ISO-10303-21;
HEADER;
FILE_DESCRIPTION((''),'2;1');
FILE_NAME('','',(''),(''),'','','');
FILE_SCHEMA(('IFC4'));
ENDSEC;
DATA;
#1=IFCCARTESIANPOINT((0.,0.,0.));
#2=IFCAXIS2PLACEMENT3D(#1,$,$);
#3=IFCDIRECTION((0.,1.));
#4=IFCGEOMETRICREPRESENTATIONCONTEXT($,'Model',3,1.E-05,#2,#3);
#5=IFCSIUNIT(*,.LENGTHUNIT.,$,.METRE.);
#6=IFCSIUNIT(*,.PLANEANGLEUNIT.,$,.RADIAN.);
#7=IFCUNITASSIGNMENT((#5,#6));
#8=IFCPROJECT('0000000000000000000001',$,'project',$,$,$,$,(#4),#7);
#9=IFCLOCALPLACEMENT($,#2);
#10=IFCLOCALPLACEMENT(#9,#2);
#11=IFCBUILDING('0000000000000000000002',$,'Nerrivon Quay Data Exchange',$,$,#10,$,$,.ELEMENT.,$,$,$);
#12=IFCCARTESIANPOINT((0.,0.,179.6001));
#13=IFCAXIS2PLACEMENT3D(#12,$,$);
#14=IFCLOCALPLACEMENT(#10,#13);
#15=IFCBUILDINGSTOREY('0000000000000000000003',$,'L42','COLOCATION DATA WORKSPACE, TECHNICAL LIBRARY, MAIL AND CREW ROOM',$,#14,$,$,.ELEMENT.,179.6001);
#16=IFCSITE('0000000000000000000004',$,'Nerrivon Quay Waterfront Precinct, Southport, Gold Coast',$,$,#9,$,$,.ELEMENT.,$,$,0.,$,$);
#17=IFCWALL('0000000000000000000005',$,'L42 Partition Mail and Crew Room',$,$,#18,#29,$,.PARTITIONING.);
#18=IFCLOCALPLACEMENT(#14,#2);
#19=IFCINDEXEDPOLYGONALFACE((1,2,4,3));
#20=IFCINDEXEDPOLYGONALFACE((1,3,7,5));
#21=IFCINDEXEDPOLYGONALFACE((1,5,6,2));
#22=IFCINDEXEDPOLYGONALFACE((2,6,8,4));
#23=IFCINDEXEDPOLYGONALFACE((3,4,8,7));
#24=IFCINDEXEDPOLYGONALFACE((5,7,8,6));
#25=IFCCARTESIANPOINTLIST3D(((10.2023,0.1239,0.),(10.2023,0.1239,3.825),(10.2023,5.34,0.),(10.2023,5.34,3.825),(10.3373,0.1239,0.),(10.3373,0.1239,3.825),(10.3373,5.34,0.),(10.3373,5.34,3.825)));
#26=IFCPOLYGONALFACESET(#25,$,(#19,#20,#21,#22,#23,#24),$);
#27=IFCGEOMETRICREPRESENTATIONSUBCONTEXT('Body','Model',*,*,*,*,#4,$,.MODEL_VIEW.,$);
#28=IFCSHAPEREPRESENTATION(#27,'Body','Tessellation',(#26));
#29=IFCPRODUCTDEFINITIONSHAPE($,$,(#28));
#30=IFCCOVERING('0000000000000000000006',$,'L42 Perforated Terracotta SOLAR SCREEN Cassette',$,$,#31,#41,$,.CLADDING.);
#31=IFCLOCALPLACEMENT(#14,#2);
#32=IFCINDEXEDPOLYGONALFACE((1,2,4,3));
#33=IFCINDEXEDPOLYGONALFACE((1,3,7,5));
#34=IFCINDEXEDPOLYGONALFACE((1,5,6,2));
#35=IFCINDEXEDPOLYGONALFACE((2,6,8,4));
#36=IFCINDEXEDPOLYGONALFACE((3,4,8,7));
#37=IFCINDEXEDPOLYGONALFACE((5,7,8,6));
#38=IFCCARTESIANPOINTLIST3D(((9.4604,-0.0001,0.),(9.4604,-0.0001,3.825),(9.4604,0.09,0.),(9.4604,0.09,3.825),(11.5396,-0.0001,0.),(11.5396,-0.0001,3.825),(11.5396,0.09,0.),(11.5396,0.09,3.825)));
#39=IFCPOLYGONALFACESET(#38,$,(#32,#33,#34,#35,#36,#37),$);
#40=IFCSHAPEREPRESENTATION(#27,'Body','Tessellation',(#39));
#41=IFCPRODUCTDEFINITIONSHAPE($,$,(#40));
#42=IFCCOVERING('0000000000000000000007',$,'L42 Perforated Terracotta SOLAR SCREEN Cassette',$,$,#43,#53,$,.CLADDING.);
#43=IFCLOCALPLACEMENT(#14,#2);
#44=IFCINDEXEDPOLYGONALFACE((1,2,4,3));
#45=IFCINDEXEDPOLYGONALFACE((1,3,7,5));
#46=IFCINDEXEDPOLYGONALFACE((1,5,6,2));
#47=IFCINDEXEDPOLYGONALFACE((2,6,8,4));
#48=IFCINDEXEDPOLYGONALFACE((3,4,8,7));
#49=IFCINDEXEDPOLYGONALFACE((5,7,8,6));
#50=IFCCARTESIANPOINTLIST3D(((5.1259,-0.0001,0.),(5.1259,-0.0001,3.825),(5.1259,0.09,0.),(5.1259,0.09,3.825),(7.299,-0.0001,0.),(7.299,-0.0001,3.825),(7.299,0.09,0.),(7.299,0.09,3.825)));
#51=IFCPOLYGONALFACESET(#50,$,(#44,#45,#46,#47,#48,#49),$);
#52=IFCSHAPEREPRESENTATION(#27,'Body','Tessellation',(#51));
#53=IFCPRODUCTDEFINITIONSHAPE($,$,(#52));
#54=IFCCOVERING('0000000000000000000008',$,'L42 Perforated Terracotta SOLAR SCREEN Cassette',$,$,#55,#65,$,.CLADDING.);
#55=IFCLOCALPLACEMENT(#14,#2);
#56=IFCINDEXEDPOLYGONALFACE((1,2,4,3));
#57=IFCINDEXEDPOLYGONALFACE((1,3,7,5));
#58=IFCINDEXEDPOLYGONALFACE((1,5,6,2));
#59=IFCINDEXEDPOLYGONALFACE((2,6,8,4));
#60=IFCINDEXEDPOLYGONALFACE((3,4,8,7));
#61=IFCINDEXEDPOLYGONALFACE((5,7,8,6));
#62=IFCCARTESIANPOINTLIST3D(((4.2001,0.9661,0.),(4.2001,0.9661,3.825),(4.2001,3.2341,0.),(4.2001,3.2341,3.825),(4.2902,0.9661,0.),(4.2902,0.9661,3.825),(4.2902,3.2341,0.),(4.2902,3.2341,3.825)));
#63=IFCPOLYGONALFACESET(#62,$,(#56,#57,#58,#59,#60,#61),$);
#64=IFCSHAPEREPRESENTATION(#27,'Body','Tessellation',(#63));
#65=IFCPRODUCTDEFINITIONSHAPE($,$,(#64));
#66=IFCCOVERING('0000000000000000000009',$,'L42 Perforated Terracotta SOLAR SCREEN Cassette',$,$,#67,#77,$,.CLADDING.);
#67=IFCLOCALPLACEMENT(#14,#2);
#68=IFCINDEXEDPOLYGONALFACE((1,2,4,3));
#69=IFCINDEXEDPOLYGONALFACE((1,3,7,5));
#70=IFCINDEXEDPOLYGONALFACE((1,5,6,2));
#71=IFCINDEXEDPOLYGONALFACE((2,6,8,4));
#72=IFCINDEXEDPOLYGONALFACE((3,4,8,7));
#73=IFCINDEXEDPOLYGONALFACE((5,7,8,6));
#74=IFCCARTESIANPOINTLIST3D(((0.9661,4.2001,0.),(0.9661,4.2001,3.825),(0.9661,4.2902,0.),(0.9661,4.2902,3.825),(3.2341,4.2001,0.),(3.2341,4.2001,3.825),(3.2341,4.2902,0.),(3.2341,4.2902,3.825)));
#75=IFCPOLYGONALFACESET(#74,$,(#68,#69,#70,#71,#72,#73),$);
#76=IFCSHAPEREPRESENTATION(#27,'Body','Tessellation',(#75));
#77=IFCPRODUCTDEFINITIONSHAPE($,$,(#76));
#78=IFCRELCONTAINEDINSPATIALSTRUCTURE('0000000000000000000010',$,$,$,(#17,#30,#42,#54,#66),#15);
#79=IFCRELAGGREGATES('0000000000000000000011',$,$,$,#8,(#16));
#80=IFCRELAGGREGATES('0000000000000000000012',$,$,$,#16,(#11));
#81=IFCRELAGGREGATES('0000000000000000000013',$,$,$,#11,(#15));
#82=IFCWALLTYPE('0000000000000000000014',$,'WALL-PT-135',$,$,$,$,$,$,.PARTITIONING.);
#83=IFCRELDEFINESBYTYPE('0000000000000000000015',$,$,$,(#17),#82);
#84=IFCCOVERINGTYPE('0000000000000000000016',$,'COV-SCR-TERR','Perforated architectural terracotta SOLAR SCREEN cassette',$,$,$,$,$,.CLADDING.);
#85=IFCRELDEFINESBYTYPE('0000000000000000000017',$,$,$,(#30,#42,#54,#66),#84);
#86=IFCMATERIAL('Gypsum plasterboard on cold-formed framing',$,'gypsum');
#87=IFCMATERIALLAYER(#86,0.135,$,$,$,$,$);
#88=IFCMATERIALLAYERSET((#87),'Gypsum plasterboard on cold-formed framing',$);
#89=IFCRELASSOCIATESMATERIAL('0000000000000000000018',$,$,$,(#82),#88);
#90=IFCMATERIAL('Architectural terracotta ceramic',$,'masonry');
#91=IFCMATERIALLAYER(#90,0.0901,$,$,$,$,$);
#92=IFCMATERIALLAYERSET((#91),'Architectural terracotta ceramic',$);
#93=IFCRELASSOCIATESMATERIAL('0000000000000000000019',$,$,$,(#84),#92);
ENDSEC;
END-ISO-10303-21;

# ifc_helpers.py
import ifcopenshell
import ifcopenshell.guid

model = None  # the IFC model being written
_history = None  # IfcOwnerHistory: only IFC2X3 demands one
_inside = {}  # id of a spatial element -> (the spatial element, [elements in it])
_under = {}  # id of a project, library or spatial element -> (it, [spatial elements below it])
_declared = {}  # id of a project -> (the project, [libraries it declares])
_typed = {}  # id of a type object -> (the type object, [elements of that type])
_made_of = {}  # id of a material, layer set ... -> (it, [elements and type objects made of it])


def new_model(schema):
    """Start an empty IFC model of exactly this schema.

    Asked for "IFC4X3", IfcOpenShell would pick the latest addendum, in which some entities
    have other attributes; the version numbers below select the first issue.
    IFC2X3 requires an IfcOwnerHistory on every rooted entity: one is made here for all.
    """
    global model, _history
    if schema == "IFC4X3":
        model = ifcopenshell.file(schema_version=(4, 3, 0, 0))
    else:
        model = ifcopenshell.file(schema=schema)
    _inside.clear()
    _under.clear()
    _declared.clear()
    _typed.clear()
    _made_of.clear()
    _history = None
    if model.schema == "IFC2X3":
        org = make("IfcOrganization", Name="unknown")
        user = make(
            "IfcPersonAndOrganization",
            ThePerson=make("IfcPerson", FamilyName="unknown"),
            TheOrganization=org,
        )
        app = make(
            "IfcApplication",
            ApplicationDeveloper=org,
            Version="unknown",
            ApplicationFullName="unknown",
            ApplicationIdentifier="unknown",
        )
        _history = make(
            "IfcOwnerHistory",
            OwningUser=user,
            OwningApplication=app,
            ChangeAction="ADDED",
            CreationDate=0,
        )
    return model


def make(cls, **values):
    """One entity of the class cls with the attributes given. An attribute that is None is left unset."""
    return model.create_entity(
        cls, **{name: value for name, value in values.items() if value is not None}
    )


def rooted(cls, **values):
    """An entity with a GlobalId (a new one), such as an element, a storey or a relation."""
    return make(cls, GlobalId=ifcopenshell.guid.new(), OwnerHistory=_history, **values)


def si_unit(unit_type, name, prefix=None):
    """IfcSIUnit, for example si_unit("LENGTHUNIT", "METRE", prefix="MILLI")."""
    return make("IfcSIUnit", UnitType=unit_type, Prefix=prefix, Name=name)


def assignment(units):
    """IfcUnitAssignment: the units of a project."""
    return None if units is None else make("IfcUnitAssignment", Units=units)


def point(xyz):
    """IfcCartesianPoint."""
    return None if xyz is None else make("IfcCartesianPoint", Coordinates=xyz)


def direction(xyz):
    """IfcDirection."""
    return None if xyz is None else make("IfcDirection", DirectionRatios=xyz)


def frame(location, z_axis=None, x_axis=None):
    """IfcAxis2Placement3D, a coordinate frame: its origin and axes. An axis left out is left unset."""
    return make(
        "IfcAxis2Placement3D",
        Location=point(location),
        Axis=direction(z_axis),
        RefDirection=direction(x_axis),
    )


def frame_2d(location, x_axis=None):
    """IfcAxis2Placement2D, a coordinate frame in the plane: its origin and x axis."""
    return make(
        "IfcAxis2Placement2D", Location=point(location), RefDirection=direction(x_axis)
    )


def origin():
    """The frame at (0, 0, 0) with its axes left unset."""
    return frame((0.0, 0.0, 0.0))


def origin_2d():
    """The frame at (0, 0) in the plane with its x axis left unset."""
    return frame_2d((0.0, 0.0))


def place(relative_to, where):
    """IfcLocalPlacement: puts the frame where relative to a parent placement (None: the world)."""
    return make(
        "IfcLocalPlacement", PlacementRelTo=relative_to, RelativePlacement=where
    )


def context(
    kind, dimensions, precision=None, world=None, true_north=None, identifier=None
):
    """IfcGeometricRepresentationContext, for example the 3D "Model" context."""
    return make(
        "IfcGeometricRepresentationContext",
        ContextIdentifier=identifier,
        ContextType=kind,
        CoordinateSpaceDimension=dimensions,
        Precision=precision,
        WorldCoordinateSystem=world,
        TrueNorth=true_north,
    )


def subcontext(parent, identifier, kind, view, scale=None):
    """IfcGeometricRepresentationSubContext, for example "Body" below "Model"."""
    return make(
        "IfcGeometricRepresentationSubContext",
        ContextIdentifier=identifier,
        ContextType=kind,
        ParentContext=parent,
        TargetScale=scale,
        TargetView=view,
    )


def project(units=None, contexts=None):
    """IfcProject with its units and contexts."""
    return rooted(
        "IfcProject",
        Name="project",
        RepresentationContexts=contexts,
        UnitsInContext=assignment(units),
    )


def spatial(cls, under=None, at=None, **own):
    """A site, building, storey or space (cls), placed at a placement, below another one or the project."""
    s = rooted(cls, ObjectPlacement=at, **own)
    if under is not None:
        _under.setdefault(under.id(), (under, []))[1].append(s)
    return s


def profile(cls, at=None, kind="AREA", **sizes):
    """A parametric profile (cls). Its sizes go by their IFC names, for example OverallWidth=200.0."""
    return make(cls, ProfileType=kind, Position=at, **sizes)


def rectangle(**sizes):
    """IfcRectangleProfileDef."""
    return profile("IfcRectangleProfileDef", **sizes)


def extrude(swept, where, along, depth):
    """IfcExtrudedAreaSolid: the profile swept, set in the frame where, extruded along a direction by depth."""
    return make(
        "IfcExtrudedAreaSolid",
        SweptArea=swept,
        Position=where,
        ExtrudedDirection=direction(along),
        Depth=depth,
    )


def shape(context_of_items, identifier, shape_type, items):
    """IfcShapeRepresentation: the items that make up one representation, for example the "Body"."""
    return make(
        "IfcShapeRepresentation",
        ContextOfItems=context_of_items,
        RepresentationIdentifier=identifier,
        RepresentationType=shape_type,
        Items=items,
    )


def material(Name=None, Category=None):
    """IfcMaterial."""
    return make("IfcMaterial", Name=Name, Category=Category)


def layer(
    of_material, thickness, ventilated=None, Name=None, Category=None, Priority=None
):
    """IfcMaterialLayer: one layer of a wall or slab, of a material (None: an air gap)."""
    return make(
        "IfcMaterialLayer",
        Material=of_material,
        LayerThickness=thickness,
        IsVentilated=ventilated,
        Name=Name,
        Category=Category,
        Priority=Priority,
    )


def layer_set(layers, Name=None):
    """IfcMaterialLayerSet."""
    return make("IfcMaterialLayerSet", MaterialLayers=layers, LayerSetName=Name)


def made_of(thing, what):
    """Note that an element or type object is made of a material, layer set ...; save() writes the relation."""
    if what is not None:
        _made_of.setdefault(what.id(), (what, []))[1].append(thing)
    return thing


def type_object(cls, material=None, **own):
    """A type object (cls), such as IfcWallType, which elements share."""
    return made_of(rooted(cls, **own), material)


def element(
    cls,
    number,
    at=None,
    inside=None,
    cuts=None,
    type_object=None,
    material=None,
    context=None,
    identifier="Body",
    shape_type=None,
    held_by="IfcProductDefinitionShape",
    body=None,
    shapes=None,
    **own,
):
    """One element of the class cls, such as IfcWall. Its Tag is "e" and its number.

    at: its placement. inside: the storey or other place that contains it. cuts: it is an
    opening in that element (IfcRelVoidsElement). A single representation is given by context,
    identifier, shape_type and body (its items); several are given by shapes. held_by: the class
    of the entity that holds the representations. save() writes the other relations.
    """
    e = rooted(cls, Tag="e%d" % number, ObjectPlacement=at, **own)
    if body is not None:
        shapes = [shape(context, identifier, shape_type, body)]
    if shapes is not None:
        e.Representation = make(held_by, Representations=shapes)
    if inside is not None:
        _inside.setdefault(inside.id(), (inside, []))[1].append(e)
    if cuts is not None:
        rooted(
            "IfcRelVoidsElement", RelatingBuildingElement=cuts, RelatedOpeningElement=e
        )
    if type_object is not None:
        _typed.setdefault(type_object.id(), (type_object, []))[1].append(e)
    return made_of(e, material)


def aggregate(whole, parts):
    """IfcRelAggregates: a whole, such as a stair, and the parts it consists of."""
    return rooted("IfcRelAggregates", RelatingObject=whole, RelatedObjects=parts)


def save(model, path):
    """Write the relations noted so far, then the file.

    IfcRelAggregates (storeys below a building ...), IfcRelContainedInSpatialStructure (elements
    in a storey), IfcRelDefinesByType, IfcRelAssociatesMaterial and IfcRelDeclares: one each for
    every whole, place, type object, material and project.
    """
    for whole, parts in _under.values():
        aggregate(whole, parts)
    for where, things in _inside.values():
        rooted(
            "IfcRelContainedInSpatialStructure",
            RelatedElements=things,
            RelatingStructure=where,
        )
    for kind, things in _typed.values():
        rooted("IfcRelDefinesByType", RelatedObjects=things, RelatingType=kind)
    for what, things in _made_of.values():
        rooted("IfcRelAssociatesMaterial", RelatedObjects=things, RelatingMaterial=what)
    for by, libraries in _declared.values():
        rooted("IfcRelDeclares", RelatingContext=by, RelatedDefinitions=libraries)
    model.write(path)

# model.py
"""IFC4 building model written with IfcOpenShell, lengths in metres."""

from ifc_helpers import new_model, si_unit, direction, frame, frame_2d, origin, origin_2d, place, context, subcontext, project, spatial, rectangle, extrude, material, layer, layer_set, type_object, element, save


model = new_model("IFC4")

# Units and contexts
model_context = context("Model", 3, precision=1e-05, world=origin(), true_north=direction((0.0, 1.0)))
body_context = subcontext(model_context, "Body", "Model", "MODEL_VIEW")
ifc_project = project(units=[si_unit("LENGTHUNIT", "METRE"), si_unit("PLANEANGLEUNIT", "RADIAN")], contexts=[model_context])

# Site, building, storey
site_placement = place(None, origin())
site = spatial("IfcSite", under=ifc_project, at=site_placement, Name="Nerrivon Quay Waterfront Precinct, Southport, Gold Coast", CompositionType="ELEMENT", RefElevation=0.0)
building_placement = place(site_placement, origin())
building = spatial("IfcBuilding", under=site, at=building_placement, Name="Nerrivon Quay Data Exchange", CompositionType="ELEMENT")
storey_placement = place(building_placement, frame((0.0, 0.0, 179.6001)))
storey = spatial("IfcBuildingStorey", under=building, at=storey_placement, Name="L42", Description="COLOCATION DATA WORKSPACE, TECHNICAL LIBRARY, MAIL AND CREW ROOM", CompositionType="ELEMENT", Elevation=179.6001)

# Wall
ifc_material_1 = material(Name="Gypsum plasterboard on cold-formed framing", Category="gypsum")
ifc_layer_1 = layer(ifc_material_1, 0.135)
ifc_layer_set_1 = layer_set([ifc_layer_1], Name="Gypsum plasterboard on cold-formed framing")
wall_type_1 = type_object("IfcWallType", Name="WALL-PT-135", PredefinedType="PARTITIONING", material=ifc_layer_set_1)
wall_1_placement = place(storey_placement, frame((10.2698, 0.124, 0.0), z_axis=(0.0, 0.0, 1.0), x_axis=(0.0, 1.0, 0.0)))
element("IfcWall", 1, at=wall_1_placement, inside=storey, type_object=wall_type_1, Name="L42 Partition Mail and Crew Room", PredefinedType="PARTITIONING", context=body_context, shape_type="SweptSolid", body=[
    extrude(rectangle(XDim=5.2161, YDim=0.135, at=frame_2d((2.6079, 0.0))), origin(), (0.0, 0.0, 1.0), 3.825),
])

# Coverings
ifc_material_2 = material(Name="Architectural terracotta ceramic", Category="masonry")
ifc_layer_2 = layer(ifc_material_2, 0.0901)
ifc_layer_set_2 = layer_set([ifc_layer_2], Name="Architectural terracotta ceramic")
covering_type = type_object("IfcCoveringType", Name="COV-SCR-TERR", Description="Perforated architectural terracotta SOLAR SCREEN cassette", PredefinedType="CLADDING", material=ifc_layer_set_2)
covering_1_placement = place(storey_placement, frame((10.5, 0.0449, 0.0), z_axis=(0.0, 0.0, 1.0), x_axis=(-1.0, 0.0, 0.0)))
element("IfcCovering", 2, at=covering_1_placement, inside=storey, type_object=covering_type, Name="L42 Perforated Terracotta SOLAR SCREEN Cassette", PredefinedType="CLADDING", context=body_context, shape_type="SweptSolid", body=[
    extrude(rectangle(XDim=2.0791, YDim=0.0901, at=origin_2d()), origin(), (0.0, 0.0, 1.0), 3.825),
])
covering_2_placement = place(storey_placement, frame((6.2124, 0.0449, 0.0), z_axis=(0.0, 0.0, 1.0), x_axis=(-1.0, 0.0, 0.0)))
element("IfcCovering", 3, at=covering_2_placement, inside=storey, type_object=covering_type, Name="L42 Perforated Terracotta SOLAR SCREEN Cassette", PredefinedType="CLADDING", context=body_context, shape_type="SweptSolid", body=[
    extrude(rectangle(XDim=2.1731, YDim=0.0901, at=origin_2d()), origin(), (0.0, 0.0, 1.0), 3.825),
])
for number, where, z_axis, x_axis, name in (
    (4, (4.2451, 2.1001, 0.0), (0.0, 0.0, 1.0), (0.0, 1.0, 0.0), "L42 Perforated Terracotta SOLAR SCREEN Cassette"),
    (5, (2.1001, 4.2451, 0.0), (0.0, 0.0, 1.0), (-1.0, 0.0, 0.0), "L42 Perforated Terracotta SOLAR SCREEN Cassette"),
):
    element("IfcCovering", number, at=place(storey_placement, frame(where, z_axis=z_axis, x_axis=x_axis)), inside=storey, type_object=covering_type, Name=name, PredefinedType="CLADDING", context=body_context, shape_type="SweptSolid", body=[
        extrude(rectangle(XDim=2.2681, YDim=0.0901, at=origin_2d()), origin(), (0.0, 0.0, 1.0), 3.825),
    ])

save(model, "model.ifc")
